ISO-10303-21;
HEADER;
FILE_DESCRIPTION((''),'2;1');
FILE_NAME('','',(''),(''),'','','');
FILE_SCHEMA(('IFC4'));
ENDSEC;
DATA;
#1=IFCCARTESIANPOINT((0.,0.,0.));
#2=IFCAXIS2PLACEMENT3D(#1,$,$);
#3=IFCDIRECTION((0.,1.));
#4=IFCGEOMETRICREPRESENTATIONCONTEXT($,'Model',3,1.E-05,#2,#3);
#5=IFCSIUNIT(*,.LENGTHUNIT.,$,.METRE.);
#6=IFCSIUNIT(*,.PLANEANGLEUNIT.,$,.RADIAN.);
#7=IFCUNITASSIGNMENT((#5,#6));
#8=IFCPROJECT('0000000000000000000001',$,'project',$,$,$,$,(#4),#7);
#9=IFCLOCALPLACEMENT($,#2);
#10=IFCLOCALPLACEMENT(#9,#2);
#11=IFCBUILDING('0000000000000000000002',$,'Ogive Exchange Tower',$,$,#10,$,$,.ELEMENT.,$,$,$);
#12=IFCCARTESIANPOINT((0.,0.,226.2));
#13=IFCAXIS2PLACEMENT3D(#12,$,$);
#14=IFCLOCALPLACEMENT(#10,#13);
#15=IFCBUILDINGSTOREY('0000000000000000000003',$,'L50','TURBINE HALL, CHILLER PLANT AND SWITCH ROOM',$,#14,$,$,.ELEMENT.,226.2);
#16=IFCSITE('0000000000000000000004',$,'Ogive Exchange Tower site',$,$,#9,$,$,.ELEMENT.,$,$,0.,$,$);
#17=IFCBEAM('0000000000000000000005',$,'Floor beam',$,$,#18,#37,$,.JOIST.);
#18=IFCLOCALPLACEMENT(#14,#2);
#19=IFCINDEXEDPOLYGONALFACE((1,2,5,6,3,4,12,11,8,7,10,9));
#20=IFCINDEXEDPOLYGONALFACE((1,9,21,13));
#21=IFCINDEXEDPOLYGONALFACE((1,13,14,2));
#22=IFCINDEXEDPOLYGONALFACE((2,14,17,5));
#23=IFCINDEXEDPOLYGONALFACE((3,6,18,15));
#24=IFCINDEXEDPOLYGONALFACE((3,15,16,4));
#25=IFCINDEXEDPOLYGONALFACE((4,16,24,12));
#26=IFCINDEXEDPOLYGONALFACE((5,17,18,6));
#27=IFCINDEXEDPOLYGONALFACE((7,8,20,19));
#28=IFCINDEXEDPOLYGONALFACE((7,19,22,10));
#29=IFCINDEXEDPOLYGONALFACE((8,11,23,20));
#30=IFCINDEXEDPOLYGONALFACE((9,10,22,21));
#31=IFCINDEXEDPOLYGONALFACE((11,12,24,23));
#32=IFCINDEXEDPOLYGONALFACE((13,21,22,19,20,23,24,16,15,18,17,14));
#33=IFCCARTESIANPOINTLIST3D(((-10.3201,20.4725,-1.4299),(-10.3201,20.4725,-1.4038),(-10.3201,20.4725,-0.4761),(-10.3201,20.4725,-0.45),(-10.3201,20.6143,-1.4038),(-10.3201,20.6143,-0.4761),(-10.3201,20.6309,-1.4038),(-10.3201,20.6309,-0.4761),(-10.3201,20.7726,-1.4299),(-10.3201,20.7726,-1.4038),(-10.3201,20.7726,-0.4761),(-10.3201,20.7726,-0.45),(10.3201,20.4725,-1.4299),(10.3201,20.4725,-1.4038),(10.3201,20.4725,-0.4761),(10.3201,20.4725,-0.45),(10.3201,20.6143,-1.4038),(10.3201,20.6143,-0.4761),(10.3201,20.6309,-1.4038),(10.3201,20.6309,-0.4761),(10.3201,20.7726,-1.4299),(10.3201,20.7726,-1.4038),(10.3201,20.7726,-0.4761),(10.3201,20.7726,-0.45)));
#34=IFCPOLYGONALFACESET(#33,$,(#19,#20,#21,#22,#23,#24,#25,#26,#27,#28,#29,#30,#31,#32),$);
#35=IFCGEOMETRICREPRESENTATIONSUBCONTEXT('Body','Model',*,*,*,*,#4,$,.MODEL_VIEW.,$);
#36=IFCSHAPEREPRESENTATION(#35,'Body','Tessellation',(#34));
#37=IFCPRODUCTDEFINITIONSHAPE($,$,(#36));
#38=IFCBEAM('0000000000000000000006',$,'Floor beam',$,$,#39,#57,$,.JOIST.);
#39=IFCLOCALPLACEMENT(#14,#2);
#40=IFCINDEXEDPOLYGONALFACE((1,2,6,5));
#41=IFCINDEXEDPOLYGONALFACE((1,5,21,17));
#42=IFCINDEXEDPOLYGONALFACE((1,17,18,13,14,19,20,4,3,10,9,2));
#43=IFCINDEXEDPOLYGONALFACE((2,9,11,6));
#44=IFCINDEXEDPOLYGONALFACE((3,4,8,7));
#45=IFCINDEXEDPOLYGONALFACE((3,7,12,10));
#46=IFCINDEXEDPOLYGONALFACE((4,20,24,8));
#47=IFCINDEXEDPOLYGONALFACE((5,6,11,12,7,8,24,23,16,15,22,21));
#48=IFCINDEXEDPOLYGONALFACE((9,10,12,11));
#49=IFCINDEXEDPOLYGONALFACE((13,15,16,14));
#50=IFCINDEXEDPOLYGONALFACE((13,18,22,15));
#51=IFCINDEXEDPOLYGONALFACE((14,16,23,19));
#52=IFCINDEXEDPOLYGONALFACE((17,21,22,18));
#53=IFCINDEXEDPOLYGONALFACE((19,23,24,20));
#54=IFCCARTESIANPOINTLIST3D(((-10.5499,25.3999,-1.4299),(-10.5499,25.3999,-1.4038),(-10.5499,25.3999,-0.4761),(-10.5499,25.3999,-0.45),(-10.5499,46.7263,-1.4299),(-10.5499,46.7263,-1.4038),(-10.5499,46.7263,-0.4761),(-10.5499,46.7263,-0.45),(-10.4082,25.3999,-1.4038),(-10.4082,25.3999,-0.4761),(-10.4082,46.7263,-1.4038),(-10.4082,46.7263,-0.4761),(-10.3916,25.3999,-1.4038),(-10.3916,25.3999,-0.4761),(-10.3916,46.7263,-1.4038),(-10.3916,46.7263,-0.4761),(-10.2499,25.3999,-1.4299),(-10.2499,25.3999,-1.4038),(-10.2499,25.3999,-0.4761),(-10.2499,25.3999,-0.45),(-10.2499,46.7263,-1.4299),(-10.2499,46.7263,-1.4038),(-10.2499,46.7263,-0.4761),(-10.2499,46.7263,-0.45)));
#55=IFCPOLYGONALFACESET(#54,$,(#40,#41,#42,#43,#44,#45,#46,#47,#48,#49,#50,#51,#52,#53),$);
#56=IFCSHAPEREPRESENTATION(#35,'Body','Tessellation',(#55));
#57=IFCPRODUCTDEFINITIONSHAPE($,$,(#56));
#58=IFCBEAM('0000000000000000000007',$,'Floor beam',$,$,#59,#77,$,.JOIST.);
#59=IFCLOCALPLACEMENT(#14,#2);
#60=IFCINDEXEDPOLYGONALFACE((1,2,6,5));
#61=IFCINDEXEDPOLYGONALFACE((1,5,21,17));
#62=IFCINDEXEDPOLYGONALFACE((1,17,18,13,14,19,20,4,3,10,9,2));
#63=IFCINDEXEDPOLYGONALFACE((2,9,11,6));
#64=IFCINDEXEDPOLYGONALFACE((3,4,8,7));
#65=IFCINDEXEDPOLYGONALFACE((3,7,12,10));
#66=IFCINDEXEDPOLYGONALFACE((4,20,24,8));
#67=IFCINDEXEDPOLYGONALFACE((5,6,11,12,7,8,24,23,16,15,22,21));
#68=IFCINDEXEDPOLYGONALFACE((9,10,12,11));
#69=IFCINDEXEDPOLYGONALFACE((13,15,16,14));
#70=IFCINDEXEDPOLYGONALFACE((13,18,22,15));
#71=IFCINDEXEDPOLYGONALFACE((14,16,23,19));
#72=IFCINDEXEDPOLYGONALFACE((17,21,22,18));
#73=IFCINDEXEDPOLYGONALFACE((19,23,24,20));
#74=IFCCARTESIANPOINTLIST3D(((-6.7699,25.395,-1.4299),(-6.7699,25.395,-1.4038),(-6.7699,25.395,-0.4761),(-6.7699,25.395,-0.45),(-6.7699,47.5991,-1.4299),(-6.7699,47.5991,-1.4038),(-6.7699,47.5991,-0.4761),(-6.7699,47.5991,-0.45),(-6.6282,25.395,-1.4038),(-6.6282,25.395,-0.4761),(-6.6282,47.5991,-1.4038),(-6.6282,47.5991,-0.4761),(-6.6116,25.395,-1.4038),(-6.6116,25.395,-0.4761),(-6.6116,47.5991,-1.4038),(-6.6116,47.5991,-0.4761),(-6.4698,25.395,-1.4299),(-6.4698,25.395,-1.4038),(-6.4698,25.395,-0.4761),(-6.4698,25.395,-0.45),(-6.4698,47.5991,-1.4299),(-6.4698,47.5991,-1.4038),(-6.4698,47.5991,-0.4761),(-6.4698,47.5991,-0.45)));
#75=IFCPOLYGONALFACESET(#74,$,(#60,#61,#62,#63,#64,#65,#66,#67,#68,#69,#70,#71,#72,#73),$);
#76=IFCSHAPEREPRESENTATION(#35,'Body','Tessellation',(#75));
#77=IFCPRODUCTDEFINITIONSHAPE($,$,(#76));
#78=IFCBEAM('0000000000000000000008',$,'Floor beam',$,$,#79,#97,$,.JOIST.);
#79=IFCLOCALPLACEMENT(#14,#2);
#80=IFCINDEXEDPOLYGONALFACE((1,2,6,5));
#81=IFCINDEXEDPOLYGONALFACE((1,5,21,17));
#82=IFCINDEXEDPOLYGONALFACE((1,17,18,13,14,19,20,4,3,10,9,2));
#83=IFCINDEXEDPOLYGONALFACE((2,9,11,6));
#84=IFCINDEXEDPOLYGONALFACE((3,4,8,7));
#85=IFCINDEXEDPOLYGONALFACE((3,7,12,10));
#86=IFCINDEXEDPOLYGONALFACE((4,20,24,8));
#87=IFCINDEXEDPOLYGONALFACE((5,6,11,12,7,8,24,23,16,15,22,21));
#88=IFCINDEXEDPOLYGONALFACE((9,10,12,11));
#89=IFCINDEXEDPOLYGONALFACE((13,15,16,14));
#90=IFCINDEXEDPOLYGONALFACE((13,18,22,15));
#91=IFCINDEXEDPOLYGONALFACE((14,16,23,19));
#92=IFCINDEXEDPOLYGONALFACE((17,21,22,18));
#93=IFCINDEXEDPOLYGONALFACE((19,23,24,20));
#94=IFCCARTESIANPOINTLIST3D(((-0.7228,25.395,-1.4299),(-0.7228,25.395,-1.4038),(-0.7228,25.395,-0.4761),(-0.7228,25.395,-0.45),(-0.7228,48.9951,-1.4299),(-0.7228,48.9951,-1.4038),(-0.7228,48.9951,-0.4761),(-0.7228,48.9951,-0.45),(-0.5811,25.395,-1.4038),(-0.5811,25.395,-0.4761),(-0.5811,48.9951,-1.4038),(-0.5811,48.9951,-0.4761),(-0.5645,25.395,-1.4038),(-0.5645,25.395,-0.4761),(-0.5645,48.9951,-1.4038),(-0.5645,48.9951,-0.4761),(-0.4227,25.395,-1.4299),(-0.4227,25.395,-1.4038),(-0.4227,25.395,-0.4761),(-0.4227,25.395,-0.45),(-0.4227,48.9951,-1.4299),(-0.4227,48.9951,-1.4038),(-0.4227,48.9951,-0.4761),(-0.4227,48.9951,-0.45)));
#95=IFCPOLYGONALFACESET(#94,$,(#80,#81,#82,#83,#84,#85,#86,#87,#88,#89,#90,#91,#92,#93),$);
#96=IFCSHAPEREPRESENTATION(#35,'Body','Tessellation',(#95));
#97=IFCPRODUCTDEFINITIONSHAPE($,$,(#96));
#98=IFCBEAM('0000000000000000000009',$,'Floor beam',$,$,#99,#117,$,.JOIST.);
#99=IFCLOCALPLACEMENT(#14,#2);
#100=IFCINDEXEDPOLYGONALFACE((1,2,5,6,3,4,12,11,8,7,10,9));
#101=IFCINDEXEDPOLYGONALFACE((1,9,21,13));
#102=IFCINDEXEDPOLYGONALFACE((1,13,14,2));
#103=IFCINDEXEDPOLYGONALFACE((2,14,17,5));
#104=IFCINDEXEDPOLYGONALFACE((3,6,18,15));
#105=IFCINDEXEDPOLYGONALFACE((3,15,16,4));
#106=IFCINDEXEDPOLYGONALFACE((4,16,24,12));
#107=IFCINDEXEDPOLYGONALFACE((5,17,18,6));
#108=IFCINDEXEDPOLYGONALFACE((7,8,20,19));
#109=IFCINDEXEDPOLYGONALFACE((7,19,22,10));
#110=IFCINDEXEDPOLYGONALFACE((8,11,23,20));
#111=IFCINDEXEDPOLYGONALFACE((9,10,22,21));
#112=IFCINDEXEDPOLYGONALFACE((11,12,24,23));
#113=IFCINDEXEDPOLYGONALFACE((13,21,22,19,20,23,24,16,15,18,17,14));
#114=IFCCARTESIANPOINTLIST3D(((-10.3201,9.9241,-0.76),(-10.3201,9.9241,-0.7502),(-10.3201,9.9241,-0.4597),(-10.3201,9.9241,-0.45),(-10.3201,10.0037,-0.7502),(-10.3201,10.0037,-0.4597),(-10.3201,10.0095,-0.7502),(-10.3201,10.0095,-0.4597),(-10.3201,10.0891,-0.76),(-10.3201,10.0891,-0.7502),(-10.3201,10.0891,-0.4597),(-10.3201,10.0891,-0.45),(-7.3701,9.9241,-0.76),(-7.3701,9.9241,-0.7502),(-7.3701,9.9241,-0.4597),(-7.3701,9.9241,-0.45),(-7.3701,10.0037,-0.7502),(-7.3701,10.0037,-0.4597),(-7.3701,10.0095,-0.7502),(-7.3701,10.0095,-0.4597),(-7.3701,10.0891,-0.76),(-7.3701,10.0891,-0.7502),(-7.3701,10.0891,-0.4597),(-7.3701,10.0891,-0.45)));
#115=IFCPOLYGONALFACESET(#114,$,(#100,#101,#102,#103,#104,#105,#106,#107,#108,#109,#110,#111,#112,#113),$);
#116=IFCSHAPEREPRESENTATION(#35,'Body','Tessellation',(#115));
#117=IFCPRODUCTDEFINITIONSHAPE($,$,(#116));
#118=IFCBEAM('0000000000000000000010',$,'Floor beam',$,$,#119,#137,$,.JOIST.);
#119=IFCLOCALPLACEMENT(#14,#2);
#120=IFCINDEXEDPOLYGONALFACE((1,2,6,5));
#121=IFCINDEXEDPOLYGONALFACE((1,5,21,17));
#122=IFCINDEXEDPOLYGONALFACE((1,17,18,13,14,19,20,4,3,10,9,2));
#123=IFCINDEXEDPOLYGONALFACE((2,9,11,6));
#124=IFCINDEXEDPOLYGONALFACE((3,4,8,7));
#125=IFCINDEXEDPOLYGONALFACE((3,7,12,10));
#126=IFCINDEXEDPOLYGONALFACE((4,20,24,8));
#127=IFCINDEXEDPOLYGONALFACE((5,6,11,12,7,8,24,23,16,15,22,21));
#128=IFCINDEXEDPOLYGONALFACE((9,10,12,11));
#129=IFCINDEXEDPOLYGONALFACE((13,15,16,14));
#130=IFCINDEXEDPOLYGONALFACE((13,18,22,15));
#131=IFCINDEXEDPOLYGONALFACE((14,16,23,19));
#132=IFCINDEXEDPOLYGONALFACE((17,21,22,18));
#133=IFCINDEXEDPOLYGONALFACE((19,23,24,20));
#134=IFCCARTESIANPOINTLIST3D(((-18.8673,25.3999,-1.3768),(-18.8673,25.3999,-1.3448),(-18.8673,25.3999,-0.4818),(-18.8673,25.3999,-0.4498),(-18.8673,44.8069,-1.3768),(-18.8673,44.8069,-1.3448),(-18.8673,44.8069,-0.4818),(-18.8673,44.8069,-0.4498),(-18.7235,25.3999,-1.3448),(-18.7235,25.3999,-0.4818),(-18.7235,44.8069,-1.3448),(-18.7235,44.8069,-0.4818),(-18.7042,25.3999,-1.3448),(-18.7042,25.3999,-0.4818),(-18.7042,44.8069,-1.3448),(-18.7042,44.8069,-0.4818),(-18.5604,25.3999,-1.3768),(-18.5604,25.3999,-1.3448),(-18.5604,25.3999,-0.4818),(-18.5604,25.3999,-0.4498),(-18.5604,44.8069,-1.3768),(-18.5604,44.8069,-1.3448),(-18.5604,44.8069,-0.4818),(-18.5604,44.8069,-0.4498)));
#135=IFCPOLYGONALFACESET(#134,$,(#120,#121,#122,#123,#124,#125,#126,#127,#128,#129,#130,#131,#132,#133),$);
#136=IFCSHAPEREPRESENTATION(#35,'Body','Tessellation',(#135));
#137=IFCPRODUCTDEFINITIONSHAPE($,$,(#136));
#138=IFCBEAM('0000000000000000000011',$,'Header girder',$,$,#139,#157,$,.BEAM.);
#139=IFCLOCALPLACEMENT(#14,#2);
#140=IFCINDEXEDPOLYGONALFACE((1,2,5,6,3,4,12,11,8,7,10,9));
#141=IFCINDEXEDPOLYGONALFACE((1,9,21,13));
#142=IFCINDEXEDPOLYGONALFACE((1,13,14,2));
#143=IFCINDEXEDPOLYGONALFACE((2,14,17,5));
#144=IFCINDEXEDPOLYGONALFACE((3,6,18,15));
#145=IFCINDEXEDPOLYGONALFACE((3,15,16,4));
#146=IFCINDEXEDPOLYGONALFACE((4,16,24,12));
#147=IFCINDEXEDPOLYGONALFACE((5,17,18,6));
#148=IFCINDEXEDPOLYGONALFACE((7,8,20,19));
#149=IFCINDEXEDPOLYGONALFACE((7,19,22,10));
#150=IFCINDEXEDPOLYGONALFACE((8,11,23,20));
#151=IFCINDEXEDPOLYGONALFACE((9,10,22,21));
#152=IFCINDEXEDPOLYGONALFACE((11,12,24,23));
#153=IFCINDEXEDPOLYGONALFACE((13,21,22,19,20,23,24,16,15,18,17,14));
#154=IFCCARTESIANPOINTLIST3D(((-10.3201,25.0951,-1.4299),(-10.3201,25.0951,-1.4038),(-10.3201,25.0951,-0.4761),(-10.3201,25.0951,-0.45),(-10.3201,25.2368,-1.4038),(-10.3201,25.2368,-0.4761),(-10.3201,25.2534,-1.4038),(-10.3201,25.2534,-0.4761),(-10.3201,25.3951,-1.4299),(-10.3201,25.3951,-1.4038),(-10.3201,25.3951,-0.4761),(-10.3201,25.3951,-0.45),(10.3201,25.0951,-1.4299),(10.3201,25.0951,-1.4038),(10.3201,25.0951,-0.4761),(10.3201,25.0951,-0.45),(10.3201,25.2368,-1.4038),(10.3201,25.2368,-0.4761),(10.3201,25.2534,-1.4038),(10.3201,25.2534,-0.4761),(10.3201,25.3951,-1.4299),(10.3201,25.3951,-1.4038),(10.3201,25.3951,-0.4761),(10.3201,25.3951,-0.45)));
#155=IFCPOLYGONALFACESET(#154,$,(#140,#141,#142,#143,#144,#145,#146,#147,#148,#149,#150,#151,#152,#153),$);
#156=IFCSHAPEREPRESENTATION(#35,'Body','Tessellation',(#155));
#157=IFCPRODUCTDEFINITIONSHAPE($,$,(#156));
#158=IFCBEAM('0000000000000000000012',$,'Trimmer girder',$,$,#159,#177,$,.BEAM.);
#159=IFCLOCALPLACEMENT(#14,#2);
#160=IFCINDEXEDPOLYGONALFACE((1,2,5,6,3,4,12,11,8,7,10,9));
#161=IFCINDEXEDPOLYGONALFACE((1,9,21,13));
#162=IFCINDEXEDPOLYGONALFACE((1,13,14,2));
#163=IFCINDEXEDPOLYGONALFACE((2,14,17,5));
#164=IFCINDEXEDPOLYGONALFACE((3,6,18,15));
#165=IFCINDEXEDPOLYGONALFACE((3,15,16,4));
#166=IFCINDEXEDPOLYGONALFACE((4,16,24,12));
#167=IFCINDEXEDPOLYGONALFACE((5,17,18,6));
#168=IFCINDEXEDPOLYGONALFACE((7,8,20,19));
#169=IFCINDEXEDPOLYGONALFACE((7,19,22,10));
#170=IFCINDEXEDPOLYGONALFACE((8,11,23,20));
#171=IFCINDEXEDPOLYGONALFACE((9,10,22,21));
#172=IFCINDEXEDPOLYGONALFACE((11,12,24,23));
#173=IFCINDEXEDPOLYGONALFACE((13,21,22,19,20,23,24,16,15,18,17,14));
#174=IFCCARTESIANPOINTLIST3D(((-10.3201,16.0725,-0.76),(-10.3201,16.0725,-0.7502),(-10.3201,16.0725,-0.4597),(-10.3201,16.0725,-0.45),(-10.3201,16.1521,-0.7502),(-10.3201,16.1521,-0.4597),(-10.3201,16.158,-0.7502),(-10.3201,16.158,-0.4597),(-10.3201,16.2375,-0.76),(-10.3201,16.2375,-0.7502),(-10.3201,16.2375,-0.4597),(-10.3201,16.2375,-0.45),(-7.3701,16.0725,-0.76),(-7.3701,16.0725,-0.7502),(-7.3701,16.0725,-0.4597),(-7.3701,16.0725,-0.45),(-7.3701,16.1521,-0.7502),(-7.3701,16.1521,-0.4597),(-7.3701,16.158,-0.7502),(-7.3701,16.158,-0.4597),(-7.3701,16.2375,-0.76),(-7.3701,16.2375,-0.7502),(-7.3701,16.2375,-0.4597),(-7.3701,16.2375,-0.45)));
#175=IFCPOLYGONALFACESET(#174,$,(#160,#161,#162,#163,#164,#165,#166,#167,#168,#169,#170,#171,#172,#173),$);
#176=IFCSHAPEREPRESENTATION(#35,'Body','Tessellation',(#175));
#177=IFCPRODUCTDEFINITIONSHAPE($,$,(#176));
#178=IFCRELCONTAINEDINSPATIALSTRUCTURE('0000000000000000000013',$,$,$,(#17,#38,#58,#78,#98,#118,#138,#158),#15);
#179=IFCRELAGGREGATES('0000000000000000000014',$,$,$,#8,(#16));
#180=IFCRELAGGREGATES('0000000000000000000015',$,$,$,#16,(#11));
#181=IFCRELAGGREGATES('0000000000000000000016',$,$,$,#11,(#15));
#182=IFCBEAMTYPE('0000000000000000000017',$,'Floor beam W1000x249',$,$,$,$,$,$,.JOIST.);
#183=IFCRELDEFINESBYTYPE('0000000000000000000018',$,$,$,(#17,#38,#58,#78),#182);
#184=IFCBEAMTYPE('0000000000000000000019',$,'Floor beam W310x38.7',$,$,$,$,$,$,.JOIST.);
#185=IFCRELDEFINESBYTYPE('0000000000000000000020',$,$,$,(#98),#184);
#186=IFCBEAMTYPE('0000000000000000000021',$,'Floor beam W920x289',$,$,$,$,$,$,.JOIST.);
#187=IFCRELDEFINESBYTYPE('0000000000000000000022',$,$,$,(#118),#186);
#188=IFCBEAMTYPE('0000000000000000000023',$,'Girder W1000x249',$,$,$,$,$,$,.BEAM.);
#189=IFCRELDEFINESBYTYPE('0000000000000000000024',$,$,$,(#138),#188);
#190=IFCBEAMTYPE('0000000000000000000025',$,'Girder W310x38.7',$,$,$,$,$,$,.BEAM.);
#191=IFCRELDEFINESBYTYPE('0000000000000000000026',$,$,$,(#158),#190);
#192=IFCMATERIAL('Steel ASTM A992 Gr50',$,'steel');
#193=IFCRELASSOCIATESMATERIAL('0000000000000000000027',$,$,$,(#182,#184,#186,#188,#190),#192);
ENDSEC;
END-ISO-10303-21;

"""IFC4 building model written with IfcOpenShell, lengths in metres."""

from ifc_helpers import new_model, si_unit, direction, frame, origin, origin_2d, place, context, subcontext, project, spatial, i_section, extrude, material, material_profile, profile_set, type_object, element, save


model = new_model("IFC4")

# Units and contexts
model_context = context("Model", 3, precision=1e-05, world=origin(), true_north=direction((0.0, 1.0)))
body_context = subcontext(model_context, "Body", "Model", "MODEL_VIEW")
ifc_project = project(units=[si_unit("LENGTHUNIT", "METRE"), si_unit("PLANEANGLEUNIT", "RADIAN")], contexts=[model_context])

# Site, building, storey
site_placement = place(None, origin())
site = spatial("IfcSite", under=ifc_project, at=site_placement, Name="Ogive Exchange Tower site", CompositionType="ELEMENT", RefElevation=0.0)
building_placement = place(site_placement, origin())
building = spatial("IfcBuilding", under=site, at=building_placement, Name="Ogive Exchange Tower", CompositionType="ELEMENT")
storey_placement = place(building_placement, frame((0.0, 0.0, 226.2)))
storey = spatial("IfcBuildingStorey", under=building, at=storey_placement, Name="L50", Description="TURBINE HALL, CHILLER PLANT AND SWITCH ROOM", CompositionType="ELEMENT", Elevation=226.2)

# Beams
ifc_material_1 = material(Name="Steel ASTM A992 Gr50", Category="steel")
ifc_material_profile_1 = material_profile(ifc_material_1, i_section(OverallWidth=0.3, OverallDepth=0.98, WebThickness=0.0166, FlangeThickness=0.0261, at=origin_2d()), Name="W1000x249")
ifc_profile_set_1 = profile_set([ifc_material_profile_1], Name="Steel ASTM A992 Gr50")
beam_type_1 = type_object("IfcBeamType", Name="Floor beam W1000x249", PredefinedType="JOIST", material=ifc_profile_set_1)
beam_1_placement = place(storey_placement, frame((-10.3201, 20.6226, -0.9399), z_axis=(1.0, 0.0, 0.0), x_axis=(0.0, 1.0, 0.0)))
element("IfcBeam", 1, at=beam_1_placement, inside=storey, type_object=beam_type_1, Name="Floor beam", PredefinedType="JOIST", context=body_context, shape_type="SweptSolid", body=[
    extrude(i_section(OverallWidth=0.3, OverallDepth=0.98, WebThickness=0.0166, FlangeThickness=0.0261, at=origin_2d()), origin(), (0.0, 0.0, 1.0), 20.6401),
])
beam_2_placement = place(storey_placement, frame((-10.3999, 25.3999, -0.9399), z_axis=(0.0, 1.0, 0.0), x_axis=(-1.0, 0.0, 0.0)))
element("IfcBeam", 2, at=beam_2_placement, inside=storey, type_object=beam_type_1, Name="Floor beam", PredefinedType="JOIST", context=body_context, shape_type="SweptSolid", body=[
    extrude(i_section(OverallWidth=0.3, OverallDepth=0.98, WebThickness=0.0166, FlangeThickness=0.0261, at=origin_2d()), origin(), (0.0, 0.0, 1.0), 21.3264),
])
beam_3_placement = place(storey_placement, frame((-6.6199, 25.395, -0.9399), z_axis=(0.0, 1.0, 0.0), x_axis=(-1.0, 0.0, 0.0)))
element("IfcBeam", 3, at=beam_3_placement, inside=storey, type_object=beam_type_1, Name="Floor beam", PredefinedType="JOIST", context=body_context, shape_type="SweptSolid", body=[
    extrude(i_section(OverallWidth=0.3, OverallDepth=0.98, WebThickness=0.0166, FlangeThickness=0.0261, at=origin_2d()), origin(), (0.0, 0.0, 1.0), 22.2041),
])
beam_4_placement = place(storey_placement, frame((-0.5728, 25.395, -0.9399), z_axis=(0.0, 1.0, 0.0), x_axis=(-1.0, 0.0, 0.0)))
element("IfcBeam", 4, at=beam_4_placement, inside=storey, type_object=beam_type_1, Name="Floor beam", PredefinedType="JOIST", context=body_context, shape_type="SweptSolid", body=[
    extrude(i_section(OverallWidth=0.3, OverallDepth=0.98, WebThickness=0.0166, FlangeThickness=0.0261, at=origin_2d()), origin(), (0.0, 0.0, 1.0), 23.6001),
])
ifc_material_profile_2 = material_profile(ifc_material_1, i_section(OverallWidth=0.165, OverallDepth=0.3101, WebThickness=0.0059, FlangeThickness=0.0098, at=origin_2d()), Name="W310x38.7")
ifc_profile_set_2 = profile_set([ifc_material_profile_2], Name="Steel ASTM A992 Gr50")
beam_type_2 = type_object("IfcBeamType", Name="Floor beam W310x38.7", PredefinedType="JOIST", material=ifc_profile_set_2)
beam_5_placement = place(storey_placement, frame((-10.3201, 10.0066, -0.605), z_axis=(1.0, 0.0, 0.0), x_axis=(0.0, 1.0, 0.0)))
element("IfcBeam", 5, at=beam_5_placement, inside=storey, type_object=beam_type_2, Name="Floor beam", PredefinedType="JOIST", context=body_context, shape_type="SweptSolid", body=[
    extrude(i_section(OverallWidth=0.165, OverallDepth=0.3101, WebThickness=0.0059, FlangeThickness=0.0098, at=origin_2d()), origin(), (0.0, 0.0, 1.0), 2.95),
])
ifc_material_profile_3 = material_profile(ifc_material_1, i_section(OverallWidth=0.3069, OverallDepth=0.927, WebThickness=0.0193, FlangeThickness=0.032, at=origin_2d()), Name="W920x289")
ifc_profile_set_3 = profile_set([ifc_material_profile_3], Name="Steel ASTM A992 Gr50")
beam_type_3 = type_object("IfcBeamType", Name="Floor beam W920x289", PredefinedType="JOIST", material=ifc_profile_set_3)
beam_6_placement = place(storey_placement, frame((-18.7139, 25.3999, -0.9133), z_axis=(0.0, 1.0, 0.0), x_axis=(-1.0, 0.0, 0.0)))
element("IfcBeam", 6, at=beam_6_placement, inside=storey, type_object=beam_type_3, Name="Floor beam", PredefinedType="JOIST", context=body_context, shape_type="SweptSolid", body=[
    extrude(i_section(OverallWidth=0.3069, OverallDepth=0.927, WebThickness=0.0193, FlangeThickness=0.032, at=origin_2d()), origin(), (0.0, 0.0, 1.0), 19.407),
])
ifc_material_profile_4 = material_profile(ifc_material_1, i_section(OverallWidth=0.3, OverallDepth=0.98, WebThickness=0.0166, FlangeThickness=0.0261, at=origin_2d()), Name="W1000x249")
ifc_profile_set_4 = profile_set([ifc_material_profile_4], Name="Steel ASTM A992 Gr50")
beam_type_4 = type_object("IfcBeamType", Name="Girder W1000x249", PredefinedType="BEAM", material=ifc_profile_set_4)
beam_7_placement = place(storey_placement, frame((-10.3201, 25.2451, -0.9399), z_axis=(1.0, 0.0, 0.0), x_axis=(0.0, 1.0, 0.0)))
element("IfcBeam", 7, at=beam_7_placement, inside=storey, type_object=beam_type_4, Name="Header girder", PredefinedType="BEAM", context=body_context, shape_type="SweptSolid", body=[
    extrude(i_section(OverallWidth=0.3, OverallDepth=0.98, WebThickness=0.0166, FlangeThickness=0.0261, at=origin_2d()), origin(), (0.0, 0.0, 1.0), 20.6401),
])
ifc_material_profile_5 = material_profile(ifc_material_1, i_section(OverallWidth=0.165, OverallDepth=0.3101, WebThickness=0.0059, FlangeThickness=0.0098, at=origin_2d()), Name="W310x38.7")
ifc_profile_set_5 = profile_set([ifc_material_profile_5], Name="Steel ASTM A992 Gr50")
beam_type_5 = type_object("IfcBeamType", Name="Girder W310x38.7", PredefinedType="BEAM", material=ifc_profile_set_5)
beam_8_placement = place(storey_placement, frame((-10.3201, 16.155, -0.605), z_axis=(1.0, 0.0, 0.0), x_axis=(0.0, 1.0, 0.0)))
element("IfcBeam", 8, at=beam_8_placement, inside=storey, type_object=beam_type_5, Name="Trimmer girder", PredefinedType="BEAM", context=body_context, shape_type="SweptSolid", body=[
    extrude(i_section(OverallWidth=0.165, OverallDepth=0.3101, WebThickness=0.0059, FlangeThickness=0.0098, at=origin_2d()), origin(), (0.0, 0.0, 1.0), 2.95),
])

save(model, "model.ifc")
